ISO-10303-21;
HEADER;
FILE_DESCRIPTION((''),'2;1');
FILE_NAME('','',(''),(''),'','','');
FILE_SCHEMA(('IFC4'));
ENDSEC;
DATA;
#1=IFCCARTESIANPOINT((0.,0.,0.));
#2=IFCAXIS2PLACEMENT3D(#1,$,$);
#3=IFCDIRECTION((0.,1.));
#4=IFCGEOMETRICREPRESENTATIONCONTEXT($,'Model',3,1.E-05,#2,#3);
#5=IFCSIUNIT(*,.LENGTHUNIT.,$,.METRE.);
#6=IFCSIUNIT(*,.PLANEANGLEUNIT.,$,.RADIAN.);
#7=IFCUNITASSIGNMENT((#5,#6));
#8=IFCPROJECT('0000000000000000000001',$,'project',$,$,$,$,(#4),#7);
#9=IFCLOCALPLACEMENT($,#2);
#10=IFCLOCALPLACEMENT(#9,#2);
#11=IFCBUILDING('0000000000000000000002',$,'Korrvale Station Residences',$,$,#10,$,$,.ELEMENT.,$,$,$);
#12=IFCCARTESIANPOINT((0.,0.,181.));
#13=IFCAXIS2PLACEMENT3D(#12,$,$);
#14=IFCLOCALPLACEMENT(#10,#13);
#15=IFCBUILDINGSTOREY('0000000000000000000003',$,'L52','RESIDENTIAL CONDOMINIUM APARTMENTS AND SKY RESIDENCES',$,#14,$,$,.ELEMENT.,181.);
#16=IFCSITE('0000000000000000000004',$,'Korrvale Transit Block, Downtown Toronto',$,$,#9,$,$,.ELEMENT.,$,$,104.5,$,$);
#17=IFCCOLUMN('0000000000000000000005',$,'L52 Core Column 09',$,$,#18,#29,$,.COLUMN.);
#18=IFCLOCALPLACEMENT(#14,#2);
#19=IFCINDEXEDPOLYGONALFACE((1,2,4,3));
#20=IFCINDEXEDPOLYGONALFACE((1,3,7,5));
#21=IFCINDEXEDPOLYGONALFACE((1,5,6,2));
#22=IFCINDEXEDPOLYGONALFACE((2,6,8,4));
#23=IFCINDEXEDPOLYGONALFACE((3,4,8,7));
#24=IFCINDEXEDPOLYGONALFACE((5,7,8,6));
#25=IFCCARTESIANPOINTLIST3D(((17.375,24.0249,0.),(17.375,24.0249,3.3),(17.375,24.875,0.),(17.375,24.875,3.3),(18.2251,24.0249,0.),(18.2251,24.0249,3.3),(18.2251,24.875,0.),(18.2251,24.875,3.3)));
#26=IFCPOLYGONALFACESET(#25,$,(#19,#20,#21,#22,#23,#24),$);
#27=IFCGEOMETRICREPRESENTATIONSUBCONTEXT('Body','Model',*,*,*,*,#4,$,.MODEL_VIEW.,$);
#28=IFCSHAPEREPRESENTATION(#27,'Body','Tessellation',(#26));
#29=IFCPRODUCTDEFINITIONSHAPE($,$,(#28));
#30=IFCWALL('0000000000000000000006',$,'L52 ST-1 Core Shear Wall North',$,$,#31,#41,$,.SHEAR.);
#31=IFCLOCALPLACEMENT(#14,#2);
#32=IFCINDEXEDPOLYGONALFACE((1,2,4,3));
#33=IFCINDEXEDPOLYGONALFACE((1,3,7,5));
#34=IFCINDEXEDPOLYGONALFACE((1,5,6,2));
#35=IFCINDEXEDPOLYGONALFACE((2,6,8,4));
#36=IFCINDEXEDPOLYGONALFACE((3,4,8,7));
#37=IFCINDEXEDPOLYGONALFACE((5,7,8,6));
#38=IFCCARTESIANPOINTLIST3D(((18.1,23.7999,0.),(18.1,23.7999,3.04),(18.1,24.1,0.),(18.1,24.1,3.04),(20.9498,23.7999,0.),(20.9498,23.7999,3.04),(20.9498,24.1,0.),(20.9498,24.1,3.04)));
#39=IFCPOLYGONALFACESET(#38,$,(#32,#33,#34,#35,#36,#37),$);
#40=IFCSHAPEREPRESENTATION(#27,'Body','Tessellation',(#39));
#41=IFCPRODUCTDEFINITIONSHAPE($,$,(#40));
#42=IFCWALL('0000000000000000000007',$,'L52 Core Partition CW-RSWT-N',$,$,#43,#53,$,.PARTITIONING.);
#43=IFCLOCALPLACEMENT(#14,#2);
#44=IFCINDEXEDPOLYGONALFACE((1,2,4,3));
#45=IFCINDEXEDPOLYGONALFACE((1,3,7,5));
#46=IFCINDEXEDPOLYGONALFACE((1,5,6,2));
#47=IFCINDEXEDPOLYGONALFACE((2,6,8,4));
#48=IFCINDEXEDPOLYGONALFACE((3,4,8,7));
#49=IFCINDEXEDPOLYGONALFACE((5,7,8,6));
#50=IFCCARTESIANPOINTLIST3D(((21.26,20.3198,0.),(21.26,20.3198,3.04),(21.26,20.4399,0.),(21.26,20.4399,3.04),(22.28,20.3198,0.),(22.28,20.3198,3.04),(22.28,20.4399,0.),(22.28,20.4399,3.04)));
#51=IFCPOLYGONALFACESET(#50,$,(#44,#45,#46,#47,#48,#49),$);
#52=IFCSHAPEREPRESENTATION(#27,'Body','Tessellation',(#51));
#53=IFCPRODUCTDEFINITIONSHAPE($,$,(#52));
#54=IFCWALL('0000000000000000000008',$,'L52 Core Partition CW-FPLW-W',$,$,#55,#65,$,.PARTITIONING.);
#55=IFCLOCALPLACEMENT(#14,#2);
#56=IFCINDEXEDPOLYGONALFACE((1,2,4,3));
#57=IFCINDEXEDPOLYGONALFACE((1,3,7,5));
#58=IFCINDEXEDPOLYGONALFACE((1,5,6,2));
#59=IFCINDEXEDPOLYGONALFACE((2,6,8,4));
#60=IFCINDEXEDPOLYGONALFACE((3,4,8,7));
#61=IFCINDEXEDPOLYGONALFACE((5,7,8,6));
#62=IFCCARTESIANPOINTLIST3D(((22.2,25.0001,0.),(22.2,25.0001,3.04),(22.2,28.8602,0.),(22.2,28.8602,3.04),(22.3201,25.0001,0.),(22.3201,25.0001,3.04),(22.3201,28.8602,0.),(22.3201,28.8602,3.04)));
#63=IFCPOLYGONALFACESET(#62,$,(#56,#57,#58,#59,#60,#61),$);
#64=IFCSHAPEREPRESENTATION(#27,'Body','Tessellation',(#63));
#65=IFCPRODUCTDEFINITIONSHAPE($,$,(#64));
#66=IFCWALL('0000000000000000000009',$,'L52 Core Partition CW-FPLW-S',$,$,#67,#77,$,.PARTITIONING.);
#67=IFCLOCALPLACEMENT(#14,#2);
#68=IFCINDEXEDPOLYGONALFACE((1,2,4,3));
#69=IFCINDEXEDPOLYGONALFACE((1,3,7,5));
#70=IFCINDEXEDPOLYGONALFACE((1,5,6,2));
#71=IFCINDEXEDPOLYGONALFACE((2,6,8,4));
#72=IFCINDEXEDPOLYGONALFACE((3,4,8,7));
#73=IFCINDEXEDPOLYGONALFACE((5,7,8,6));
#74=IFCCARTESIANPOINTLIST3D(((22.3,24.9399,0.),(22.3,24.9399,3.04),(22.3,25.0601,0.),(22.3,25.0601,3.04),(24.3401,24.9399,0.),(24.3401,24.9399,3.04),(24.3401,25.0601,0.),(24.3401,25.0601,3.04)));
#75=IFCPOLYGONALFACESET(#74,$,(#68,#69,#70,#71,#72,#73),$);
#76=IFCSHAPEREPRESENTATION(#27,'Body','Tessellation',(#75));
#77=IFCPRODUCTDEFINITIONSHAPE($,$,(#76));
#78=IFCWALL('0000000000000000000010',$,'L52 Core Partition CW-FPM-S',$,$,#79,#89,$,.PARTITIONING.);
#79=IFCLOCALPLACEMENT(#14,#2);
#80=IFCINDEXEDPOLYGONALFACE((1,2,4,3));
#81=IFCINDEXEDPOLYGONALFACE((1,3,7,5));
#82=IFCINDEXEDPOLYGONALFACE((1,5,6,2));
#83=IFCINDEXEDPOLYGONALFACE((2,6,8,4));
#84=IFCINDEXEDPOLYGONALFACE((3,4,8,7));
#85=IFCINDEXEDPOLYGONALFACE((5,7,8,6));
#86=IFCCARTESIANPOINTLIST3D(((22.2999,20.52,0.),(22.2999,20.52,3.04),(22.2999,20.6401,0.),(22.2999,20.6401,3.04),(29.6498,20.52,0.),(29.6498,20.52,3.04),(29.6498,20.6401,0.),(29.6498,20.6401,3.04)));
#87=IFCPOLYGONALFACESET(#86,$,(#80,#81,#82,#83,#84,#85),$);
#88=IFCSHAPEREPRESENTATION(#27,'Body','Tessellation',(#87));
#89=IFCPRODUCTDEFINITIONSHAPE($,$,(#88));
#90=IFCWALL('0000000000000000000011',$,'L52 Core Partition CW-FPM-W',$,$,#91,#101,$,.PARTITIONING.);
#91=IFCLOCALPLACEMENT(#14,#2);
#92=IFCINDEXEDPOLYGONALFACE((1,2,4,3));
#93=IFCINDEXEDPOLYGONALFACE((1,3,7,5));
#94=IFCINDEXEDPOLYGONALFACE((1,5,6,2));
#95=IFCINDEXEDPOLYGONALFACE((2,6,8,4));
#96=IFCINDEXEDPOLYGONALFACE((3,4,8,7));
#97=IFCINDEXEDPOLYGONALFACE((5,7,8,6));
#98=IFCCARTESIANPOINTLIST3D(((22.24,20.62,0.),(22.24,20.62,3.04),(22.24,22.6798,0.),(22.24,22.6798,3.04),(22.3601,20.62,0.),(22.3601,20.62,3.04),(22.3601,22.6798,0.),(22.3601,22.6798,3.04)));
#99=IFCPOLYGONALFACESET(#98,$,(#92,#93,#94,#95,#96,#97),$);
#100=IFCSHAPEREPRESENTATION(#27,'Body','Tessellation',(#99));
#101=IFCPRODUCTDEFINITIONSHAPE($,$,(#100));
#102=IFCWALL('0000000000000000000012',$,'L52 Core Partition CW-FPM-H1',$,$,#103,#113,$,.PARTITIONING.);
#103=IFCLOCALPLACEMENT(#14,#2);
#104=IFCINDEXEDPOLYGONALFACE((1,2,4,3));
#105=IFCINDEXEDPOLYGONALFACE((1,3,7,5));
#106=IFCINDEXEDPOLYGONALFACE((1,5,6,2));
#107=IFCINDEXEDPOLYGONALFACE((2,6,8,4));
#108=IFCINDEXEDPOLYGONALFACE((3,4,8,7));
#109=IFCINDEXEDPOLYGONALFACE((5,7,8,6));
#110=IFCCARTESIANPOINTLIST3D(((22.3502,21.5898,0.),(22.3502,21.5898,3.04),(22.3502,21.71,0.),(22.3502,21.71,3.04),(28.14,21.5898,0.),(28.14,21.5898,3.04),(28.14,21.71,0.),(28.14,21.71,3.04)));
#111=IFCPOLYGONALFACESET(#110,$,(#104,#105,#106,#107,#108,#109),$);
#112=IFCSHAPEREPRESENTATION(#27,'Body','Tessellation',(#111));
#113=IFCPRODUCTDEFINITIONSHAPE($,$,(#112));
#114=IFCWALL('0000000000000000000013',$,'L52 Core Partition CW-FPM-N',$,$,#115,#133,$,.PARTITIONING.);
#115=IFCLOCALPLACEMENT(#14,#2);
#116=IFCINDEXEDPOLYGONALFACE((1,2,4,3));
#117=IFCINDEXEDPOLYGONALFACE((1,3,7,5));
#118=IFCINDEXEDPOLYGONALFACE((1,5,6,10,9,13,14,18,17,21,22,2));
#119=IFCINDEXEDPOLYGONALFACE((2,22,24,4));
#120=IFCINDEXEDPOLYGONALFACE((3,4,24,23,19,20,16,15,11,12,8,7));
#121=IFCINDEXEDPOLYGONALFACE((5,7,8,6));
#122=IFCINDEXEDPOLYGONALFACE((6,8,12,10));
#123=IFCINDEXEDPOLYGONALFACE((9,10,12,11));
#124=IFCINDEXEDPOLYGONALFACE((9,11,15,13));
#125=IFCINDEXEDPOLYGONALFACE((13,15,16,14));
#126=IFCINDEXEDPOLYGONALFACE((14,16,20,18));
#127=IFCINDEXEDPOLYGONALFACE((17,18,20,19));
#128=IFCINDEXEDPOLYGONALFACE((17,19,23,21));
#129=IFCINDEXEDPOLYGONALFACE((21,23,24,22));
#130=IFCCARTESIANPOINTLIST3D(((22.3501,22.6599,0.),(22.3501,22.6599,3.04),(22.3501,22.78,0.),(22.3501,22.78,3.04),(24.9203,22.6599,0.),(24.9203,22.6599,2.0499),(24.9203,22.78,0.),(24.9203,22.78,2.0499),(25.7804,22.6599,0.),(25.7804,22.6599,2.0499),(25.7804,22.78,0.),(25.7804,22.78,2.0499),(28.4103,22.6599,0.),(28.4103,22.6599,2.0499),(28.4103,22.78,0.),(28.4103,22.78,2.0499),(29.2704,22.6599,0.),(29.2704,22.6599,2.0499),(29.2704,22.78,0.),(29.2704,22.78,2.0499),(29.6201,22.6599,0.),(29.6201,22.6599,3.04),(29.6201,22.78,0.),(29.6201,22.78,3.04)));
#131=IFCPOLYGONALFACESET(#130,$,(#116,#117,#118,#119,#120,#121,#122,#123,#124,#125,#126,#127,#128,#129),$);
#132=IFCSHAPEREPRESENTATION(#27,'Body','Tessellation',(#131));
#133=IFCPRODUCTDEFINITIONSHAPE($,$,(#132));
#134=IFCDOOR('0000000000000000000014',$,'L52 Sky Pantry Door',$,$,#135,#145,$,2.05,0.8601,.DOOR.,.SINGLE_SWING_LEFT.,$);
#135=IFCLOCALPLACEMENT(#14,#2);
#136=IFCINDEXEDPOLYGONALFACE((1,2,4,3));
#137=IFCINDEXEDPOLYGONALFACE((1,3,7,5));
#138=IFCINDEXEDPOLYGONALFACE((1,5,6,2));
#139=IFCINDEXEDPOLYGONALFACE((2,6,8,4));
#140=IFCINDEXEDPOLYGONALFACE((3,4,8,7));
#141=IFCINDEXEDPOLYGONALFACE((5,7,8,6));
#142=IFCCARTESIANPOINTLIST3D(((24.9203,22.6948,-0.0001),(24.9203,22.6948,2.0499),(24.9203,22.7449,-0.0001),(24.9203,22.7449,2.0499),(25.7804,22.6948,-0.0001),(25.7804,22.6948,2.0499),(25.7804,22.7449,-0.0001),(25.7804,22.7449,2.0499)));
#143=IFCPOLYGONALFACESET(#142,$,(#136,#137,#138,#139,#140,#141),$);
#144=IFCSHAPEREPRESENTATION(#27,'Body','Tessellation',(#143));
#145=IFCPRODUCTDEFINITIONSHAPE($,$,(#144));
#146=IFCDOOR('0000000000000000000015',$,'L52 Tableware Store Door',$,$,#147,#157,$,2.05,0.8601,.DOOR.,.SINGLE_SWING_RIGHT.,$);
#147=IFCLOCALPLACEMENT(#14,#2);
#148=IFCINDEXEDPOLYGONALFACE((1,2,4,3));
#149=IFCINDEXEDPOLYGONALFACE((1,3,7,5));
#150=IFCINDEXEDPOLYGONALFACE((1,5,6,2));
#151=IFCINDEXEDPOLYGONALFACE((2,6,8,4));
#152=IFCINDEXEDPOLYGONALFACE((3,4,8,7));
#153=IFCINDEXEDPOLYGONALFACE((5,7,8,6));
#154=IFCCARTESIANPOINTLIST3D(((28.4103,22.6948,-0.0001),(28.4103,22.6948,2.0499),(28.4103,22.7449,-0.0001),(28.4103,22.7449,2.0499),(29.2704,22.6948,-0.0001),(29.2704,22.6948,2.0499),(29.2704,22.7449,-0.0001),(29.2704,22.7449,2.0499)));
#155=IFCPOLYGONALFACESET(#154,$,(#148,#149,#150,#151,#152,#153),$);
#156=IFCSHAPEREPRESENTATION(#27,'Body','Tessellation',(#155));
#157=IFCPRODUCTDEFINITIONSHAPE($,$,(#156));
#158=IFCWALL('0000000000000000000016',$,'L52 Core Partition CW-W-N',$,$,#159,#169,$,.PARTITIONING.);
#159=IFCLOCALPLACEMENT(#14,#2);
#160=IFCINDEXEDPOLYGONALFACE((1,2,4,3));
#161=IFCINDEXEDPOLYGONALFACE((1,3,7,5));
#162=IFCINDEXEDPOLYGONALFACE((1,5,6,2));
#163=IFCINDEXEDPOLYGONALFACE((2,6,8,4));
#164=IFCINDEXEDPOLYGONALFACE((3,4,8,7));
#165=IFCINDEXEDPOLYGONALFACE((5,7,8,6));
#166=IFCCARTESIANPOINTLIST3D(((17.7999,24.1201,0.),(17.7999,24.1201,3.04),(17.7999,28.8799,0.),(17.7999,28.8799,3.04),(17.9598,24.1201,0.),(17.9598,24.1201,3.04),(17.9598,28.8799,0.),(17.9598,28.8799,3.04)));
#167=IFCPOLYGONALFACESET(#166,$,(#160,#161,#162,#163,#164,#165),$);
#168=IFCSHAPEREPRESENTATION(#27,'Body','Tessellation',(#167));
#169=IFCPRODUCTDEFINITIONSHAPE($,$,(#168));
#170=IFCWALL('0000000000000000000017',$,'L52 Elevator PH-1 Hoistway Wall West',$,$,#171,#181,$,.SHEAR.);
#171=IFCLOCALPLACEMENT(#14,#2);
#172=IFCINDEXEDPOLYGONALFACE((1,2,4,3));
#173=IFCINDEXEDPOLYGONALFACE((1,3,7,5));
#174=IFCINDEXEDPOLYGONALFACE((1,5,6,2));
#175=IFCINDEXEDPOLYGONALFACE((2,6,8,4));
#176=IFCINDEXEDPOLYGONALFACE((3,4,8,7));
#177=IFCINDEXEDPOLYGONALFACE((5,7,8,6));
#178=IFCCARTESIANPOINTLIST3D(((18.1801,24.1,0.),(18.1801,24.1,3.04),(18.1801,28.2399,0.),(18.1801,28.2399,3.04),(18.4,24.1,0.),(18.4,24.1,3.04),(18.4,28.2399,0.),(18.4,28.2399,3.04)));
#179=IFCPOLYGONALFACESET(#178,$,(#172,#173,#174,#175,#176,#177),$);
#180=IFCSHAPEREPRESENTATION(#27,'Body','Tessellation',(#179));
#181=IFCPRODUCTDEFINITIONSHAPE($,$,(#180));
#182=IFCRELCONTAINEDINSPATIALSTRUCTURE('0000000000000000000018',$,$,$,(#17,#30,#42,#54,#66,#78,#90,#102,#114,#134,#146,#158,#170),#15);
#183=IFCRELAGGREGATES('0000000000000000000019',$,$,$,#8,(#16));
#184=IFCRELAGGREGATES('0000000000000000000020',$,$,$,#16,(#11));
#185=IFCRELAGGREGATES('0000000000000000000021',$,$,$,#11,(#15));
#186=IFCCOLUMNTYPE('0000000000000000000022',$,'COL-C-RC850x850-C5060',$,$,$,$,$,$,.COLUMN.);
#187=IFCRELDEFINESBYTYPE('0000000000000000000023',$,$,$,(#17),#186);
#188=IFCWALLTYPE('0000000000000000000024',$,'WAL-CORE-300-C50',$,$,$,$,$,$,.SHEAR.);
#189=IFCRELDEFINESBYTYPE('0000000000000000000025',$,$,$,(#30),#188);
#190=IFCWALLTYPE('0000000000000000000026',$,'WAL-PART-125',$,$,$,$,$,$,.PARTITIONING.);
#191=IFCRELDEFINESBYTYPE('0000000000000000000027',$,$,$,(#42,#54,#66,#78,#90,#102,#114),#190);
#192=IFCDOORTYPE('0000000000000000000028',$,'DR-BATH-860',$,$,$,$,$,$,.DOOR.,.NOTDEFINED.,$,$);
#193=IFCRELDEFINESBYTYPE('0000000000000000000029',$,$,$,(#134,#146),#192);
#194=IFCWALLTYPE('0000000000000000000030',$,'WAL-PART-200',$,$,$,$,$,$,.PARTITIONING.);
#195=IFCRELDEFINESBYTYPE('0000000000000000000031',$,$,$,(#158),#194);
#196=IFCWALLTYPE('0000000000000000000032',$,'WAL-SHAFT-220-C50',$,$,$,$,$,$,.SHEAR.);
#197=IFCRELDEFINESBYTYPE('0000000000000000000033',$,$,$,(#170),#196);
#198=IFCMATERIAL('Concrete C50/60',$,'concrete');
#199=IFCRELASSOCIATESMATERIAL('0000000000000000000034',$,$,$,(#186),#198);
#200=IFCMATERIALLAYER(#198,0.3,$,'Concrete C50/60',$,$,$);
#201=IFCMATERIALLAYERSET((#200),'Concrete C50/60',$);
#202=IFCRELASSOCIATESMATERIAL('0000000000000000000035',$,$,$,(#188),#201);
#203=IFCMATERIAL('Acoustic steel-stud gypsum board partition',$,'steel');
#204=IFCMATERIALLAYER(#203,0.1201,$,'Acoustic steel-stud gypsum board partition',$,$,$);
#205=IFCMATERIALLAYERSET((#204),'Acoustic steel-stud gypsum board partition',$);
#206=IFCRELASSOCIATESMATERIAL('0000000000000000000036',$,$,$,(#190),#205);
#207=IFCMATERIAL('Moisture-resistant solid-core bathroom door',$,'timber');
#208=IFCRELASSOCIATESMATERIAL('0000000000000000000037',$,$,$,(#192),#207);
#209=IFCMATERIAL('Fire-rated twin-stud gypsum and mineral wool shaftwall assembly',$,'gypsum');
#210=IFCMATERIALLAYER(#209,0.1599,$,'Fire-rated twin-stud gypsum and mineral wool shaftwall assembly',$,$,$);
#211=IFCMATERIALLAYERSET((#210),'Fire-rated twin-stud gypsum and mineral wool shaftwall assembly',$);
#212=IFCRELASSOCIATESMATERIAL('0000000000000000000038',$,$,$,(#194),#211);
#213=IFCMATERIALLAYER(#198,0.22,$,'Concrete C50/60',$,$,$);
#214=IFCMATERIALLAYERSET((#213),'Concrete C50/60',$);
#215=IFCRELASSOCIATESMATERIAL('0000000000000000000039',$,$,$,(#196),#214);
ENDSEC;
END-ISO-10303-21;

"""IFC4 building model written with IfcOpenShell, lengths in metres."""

from ifc_helpers import new_model, si_unit, direction, frame, frame_2d, origin, origin_2d, place, context, subcontext, project, spatial, rectangle, extrude, material, layer, layer_set, material_profile, profile_set, type_object, element, fill, save


model = new_model("IFC4")

# Units and contexts
model_context = context("Model", 3, precision=1e-05, world=origin(), true_north=direction((0.0, 1.0)))
body_context = subcontext(model_context, "Body", "Model", "MODEL_VIEW")
ifc_project = project(units=[si_unit("LENGTHUNIT", "METRE"), si_unit("PLANEANGLEUNIT", "RADIAN")], contexts=[model_context])

# Site, building, storey
site_placement = place(None, origin())
site = spatial("IfcSite", under=ifc_project, at=site_placement, Name="Korrvale Transit Block, Downtown Toronto", CompositionType="ELEMENT", RefElevation=104.5)
building_placement = place(site_placement, origin())
building = spatial("IfcBuilding", under=site, at=building_placement, Name="Korrvale Station Residences", CompositionType="ELEMENT")
storey_placement = place(building_placement, frame((0.0, 0.0, 181.0)))
storey = spatial("IfcBuildingStorey", under=building, at=storey_placement, Name="L52", Description="RESIDENTIAL CONDOMINIUM APARTMENTS AND SKY RESIDENCES", CompositionType="ELEMENT", Elevation=181.0)

# Column
ifc_material_1 = material(Name="Concrete C50/60", Category="concrete")
ifc_material_profile = material_profile(ifc_material_1, rectangle(XDim=0.8501, YDim=0.8501, at=origin_2d()), Name="RC850x850")
ifc_profile_set = profile_set([ifc_material_profile], Name="Concrete C50/60")
column_type = type_object("IfcColumnType", Name="COL-C-RC850x850-C5060", PredefinedType="COLUMN", material=ifc_profile_set)
column_placement = place(storey_placement, frame((17.8, 24.45, 0.0), z_axis=(0.0, 0.0, 1.0), x_axis=(1.0, 0.0, 0.0)))
element("IfcColumn", 1, at=column_placement, inside=storey, type_object=column_type, Name="L52 Core Column 09", PredefinedType="COLUMN", context=body_context, shape_type="SweptSolid", body=[
    extrude(rectangle(XDim=0.8501, YDim=0.8501, at=origin_2d()), origin(), (0.0, 0.0, 1.0), 3.3),
])

# Walls
ifc_layer_1 = layer(ifc_material_1, 0.3, Name="Concrete C50/60")
ifc_layer_set_1 = layer_set([ifc_layer_1], Name="Concrete C50/60")
wall_type_1 = type_object("IfcWallType", Name="WAL-CORE-300-C50", PredefinedType="SHEAR", material=ifc_layer_set_1)
wall_1_placement = place(storey_placement, frame((18.1001, 23.95, 0.0), z_axis=(0.0, 0.0, 1.0), x_axis=(1.0, 0.0, 0.0)))
element("IfcWall", 2, at=wall_1_placement, inside=storey, type_object=wall_type_1, Name="L52 ST-1 Core Shear Wall North", PredefinedType="SHEAR", context=body_context, shape_type="SweptSolid", body=[
    extrude(rectangle(XDim=2.8499, YDim=0.3, at=frame_2d((1.4248, 0.0))), origin(), (0.0, 0.0, 1.0), 3.04),
])
ifc_material_2 = material(Name="Acoustic steel-stud gypsum board partition", Category="steel")
ifc_layer_2 = layer(ifc_material_2, 0.1201, Name="Acoustic steel-stud gypsum board partition")
ifc_layer_set_2 = layer_set([ifc_layer_2], Name="Acoustic steel-stud gypsum board partition")
wall_type_2 = type_object("IfcWallType", Name="WAL-PART-125", PredefinedType="PARTITIONING", material=ifc_layer_set_2)
wall_2_placement = place(storey_placement, frame((22.28, 20.3799, 0.0), z_axis=(0.0, 0.0, 1.0), x_axis=(-1.0, 0.0, 0.0)))
element("IfcWall", 3, at=wall_2_placement, inside=storey, type_object=wall_type_2, Name="L52 Core Partition CW-RSWT-N", PredefinedType="PARTITIONING", context=body_context, shape_type="SweptSolid", body=[
    extrude(rectangle(XDim=1.02, YDim=0.1201, at=frame_2d((0.51, 0.0))), origin(), (0.0, 0.0, 1.0), 3.04),
])
wall_3_placement = place(storey_placement, frame((22.26, 25.0, 0.0), z_axis=(0.0, 0.0, 1.0), x_axis=(0.0, 1.0, 0.0)))
element("IfcWall", 4, at=wall_3_placement, inside=storey, type_object=wall_type_2, Name="L52 Core Partition CW-FPLW-W", PredefinedType="PARTITIONING", context=body_context, shape_type="SweptSolid", body=[
    extrude(rectangle(XDim=3.8601, YDim=0.1201, at=frame_2d((1.9302, 0.0))), origin(), (0.0, 0.0, 1.0), 3.04),
])
wall_4_placement = place(storey_placement, frame((22.3, 25.0, 0.0), z_axis=(0.0, 0.0, 1.0), x_axis=(1.0, 0.0, 0.0)))
element("IfcWall", 5, at=wall_4_placement, inside=storey, type_object=wall_type_2, Name="L52 Core Partition CW-FPLW-S", PredefinedType="PARTITIONING", context=body_context, shape_type="SweptSolid", body=[
    extrude(rectangle(XDim=2.04, YDim=0.1201, at=frame_2d((1.02, 0.0))), origin(), (0.0, 0.0, 1.0), 3.04),
])
wall_5_placement = place(storey_placement, frame((22.3, 20.5801, 0.0), z_axis=(0.0, 0.0, 1.0), x_axis=(1.0, 0.0, 0.0)))
element("IfcWall", 6, at=wall_5_placement, inside=storey, type_object=wall_type_2, Name="L52 Core Partition CW-FPM-S", PredefinedType="PARTITIONING", context=body_context, shape_type="SweptSolid", body=[
    extrude(rectangle(XDim=7.3499, YDim=0.1201, at=frame_2d((3.6748, 0.0))), origin(), (0.0, 0.0, 1.0), 3.04),
])
wall_6_placement = place(storey_placement, frame((22.3, 20.6201, 0.0), z_axis=(0.0, 0.0, 1.0), x_axis=(0.0, 1.0, 0.0)))
element("IfcWall", 7, at=wall_6_placement, inside=storey, type_object=wall_type_2, Name="L52 Core Partition CW-FPM-W", PredefinedType="PARTITIONING", context=body_context, shape_type="SweptSolid", body=[
    extrude(rectangle(XDim=2.0598, YDim=0.1201, at=frame_2d((1.0298, 0.0))), origin(), (0.0, 0.0, 1.0), 3.04),
])
wall_7_placement = place(storey_placement, frame((22.3501, 21.6499, 0.0), z_axis=(0.0, 0.0, 1.0), x_axis=(1.0, 0.0, 0.0)))
element("IfcWall", 8, at=wall_7_placement, inside=storey, type_object=wall_type_2, Name="L52 Core Partition CW-FPM-H1", PredefinedType="PARTITIONING", context=body_context, shape_type="SweptSolid", body=[
    extrude(rectangle(XDim=5.7898, YDim=0.1201, at=frame_2d((2.895, 0.0))), origin(), (0.0, 0.0, 1.0), 3.04),
])

# Wall, openings, doors
wall_8_placement = place(storey_placement, frame((22.3501, 22.72, 0.0), z_axis=(0.0, 0.0, 1.0), x_axis=(1.0, 0.0, 0.0)))
wall_8 = element("IfcWall", 9, at=wall_8_placement, inside=storey, type_object=wall_type_2, Name="L52 Core Partition CW-FPM-N", PredefinedType="PARTITIONING", context=body_context, shape_type="SweptSolid", body=[
    extrude(rectangle(XDim=7.27, YDim=0.1201, at=frame_2d((3.635, 0.0))), origin(), (0.0, 0.0, 1.0), 3.04),
])
opening_1_placement = place(wall_8_placement, frame((2.5701, 0.0, 0.0)))
opening_1 = element("IfcOpeningElement", 10, at=opening_1_placement, cuts=wall_8, PredefinedType="OPENING", context=body_context, shape_type="SweptSolid", body=[
    extrude(rectangle(XDim=0.8601, YDim=2.05, at=frame_2d((0.4302, 1.0249))), frame((0.0, 0.0701, 0.0), z_axis=(0.0, -1.0, 0.0), x_axis=(1.0, 0.0, 0.0)), (0.0, 0.0, 1.0), 0.1401),
])
opening_2_placement = place(wall_8_placement, frame((6.0601, 0.0, 0.0)))
opening_2 = element("IfcOpeningElement", 11, at=opening_2_placement, cuts=wall_8, PredefinedType="OPENING", context=body_context, shape_type="SweptSolid", body=[
    extrude(rectangle(XDim=0.8601, YDim=2.05, at=frame_2d((0.4302, 1.0249))), frame((0.0, 0.0701, 0.0), z_axis=(0.0, -1.0, 0.0), x_axis=(1.0, 0.0, 0.0)), (0.0, 0.0, 1.0), 0.1401),
])
ifc_material_3 = material(Name="Moisture-resistant solid-core bathroom door", Category="timber")
door_type_1 = type_object("IfcDoorType", Name="DR-BATH-860", OperationType="NOTDEFINED", PredefinedType="DOOR", material=ifc_material_3)
door_1_placement = place(opening_1_placement, origin())
door_1 = element("IfcDoor", 12, at=door_1_placement, inside=storey, type_object=door_type_1, Name="L52 Sky Pantry Door", OperationType="SINGLE_SWING_LEFT", OverallHeight=2.05, OverallWidth=0.8601, PredefinedType="DOOR", context=body_context, shape_type="SweptSolid", body=[
    extrude(rectangle(XDim=0.8601, YDim=2.05, at=frame_2d((0.4302, 1.0249))), frame((0.0, 0.0249, 0.0), z_axis=(0.0, -1.0, 0.0), x_axis=(1.0, 0.0, 0.0)), (0.0, 0.0, 1.0), 0.05),
])
fill(opening_1, door_1)
door_2_placement = place(opening_2_placement, origin())
door_2 = element("IfcDoor", 13, at=door_2_placement, inside=storey, type_object=door_type_1, Name="L52 Tableware Store Door", OperationType="SINGLE_SWING_RIGHT", OverallHeight=2.05, OverallWidth=0.8601, PredefinedType="DOOR", context=body_context, shape_type="SweptSolid", body=[
    extrude(rectangle(XDim=0.8601, YDim=2.05, at=frame_2d((0.4302, 1.0249))), frame((0.0, 0.0249, 0.0), z_axis=(0.0, -1.0, 0.0), x_axis=(1.0, 0.0, 0.0)), (0.0, 0.0, 1.0), 0.05),
])
fill(opening_2, door_2)

# Walls
ifc_material_4 = material(Name="Fire-rated twin-stud gypsum and mineral wool shaftwall assembly", Category="gypsum")
ifc_layer_3 = layer(ifc_material_4, 0.1599, Name="Fire-rated twin-stud gypsum and mineral wool shaftwall assembly")
ifc_layer_set_3 = layer_set([ifc_layer_3], Name="Fire-rated twin-stud gypsum and mineral wool shaftwall assembly")
wall_type_3 = type_object("IfcWallType", Name="WAL-PART-200", PredefinedType="PARTITIONING", material=ifc_layer_set_3)
wall_9_placement = place(storey_placement, frame((17.8799, 24.1201, 0.0), z_axis=(0.0, 0.0, 1.0), x_axis=(0.0, 1.0, 0.0)))
element("IfcWall", 14, at=wall_9_placement, inside=storey, type_object=wall_type_3, Name="L52 Core Partition CW-W-N", PredefinedType="PARTITIONING", context=body_context, shape_type="SweptSolid", body=[
    extrude(rectangle(XDim=4.7598, YDim=0.1599, at=frame_2d((2.3799, 0.0))), origin(), (0.0, 0.0, 1.0), 3.04),
])
ifc_layer_4 = layer(ifc_material_1, 0.22, Name="Concrete C50/60")
ifc_layer_set_4 = layer_set([ifc_layer_4], Name="Concrete C50/60")
wall_type_4 = type_object("IfcWallType", Name="WAL-SHAFT-220-C50", PredefinedType="SHEAR", material=ifc_layer_set_4)
wall_10_placement = place(storey_placement, frame((18.29, 24.1001, 0.0), z_axis=(0.0, 0.0, 1.0), x_axis=(0.0, 1.0, 0.0)))
element("IfcWall", 15, at=wall_10_placement, inside=storey, type_object=wall_type_4, Name="L52 Elevator PH-1 Hoistway Wall West", PredefinedType="SHEAR", context=body_context, shape_type="SweptSolid", body=[
    extrude(rectangle(XDim=4.1399, YDim=0.22, at=frame_2d((2.0698, 0.0))), origin(), (0.0, 0.0, 1.0), 3.04),
])

save(model, "model.ifc")
